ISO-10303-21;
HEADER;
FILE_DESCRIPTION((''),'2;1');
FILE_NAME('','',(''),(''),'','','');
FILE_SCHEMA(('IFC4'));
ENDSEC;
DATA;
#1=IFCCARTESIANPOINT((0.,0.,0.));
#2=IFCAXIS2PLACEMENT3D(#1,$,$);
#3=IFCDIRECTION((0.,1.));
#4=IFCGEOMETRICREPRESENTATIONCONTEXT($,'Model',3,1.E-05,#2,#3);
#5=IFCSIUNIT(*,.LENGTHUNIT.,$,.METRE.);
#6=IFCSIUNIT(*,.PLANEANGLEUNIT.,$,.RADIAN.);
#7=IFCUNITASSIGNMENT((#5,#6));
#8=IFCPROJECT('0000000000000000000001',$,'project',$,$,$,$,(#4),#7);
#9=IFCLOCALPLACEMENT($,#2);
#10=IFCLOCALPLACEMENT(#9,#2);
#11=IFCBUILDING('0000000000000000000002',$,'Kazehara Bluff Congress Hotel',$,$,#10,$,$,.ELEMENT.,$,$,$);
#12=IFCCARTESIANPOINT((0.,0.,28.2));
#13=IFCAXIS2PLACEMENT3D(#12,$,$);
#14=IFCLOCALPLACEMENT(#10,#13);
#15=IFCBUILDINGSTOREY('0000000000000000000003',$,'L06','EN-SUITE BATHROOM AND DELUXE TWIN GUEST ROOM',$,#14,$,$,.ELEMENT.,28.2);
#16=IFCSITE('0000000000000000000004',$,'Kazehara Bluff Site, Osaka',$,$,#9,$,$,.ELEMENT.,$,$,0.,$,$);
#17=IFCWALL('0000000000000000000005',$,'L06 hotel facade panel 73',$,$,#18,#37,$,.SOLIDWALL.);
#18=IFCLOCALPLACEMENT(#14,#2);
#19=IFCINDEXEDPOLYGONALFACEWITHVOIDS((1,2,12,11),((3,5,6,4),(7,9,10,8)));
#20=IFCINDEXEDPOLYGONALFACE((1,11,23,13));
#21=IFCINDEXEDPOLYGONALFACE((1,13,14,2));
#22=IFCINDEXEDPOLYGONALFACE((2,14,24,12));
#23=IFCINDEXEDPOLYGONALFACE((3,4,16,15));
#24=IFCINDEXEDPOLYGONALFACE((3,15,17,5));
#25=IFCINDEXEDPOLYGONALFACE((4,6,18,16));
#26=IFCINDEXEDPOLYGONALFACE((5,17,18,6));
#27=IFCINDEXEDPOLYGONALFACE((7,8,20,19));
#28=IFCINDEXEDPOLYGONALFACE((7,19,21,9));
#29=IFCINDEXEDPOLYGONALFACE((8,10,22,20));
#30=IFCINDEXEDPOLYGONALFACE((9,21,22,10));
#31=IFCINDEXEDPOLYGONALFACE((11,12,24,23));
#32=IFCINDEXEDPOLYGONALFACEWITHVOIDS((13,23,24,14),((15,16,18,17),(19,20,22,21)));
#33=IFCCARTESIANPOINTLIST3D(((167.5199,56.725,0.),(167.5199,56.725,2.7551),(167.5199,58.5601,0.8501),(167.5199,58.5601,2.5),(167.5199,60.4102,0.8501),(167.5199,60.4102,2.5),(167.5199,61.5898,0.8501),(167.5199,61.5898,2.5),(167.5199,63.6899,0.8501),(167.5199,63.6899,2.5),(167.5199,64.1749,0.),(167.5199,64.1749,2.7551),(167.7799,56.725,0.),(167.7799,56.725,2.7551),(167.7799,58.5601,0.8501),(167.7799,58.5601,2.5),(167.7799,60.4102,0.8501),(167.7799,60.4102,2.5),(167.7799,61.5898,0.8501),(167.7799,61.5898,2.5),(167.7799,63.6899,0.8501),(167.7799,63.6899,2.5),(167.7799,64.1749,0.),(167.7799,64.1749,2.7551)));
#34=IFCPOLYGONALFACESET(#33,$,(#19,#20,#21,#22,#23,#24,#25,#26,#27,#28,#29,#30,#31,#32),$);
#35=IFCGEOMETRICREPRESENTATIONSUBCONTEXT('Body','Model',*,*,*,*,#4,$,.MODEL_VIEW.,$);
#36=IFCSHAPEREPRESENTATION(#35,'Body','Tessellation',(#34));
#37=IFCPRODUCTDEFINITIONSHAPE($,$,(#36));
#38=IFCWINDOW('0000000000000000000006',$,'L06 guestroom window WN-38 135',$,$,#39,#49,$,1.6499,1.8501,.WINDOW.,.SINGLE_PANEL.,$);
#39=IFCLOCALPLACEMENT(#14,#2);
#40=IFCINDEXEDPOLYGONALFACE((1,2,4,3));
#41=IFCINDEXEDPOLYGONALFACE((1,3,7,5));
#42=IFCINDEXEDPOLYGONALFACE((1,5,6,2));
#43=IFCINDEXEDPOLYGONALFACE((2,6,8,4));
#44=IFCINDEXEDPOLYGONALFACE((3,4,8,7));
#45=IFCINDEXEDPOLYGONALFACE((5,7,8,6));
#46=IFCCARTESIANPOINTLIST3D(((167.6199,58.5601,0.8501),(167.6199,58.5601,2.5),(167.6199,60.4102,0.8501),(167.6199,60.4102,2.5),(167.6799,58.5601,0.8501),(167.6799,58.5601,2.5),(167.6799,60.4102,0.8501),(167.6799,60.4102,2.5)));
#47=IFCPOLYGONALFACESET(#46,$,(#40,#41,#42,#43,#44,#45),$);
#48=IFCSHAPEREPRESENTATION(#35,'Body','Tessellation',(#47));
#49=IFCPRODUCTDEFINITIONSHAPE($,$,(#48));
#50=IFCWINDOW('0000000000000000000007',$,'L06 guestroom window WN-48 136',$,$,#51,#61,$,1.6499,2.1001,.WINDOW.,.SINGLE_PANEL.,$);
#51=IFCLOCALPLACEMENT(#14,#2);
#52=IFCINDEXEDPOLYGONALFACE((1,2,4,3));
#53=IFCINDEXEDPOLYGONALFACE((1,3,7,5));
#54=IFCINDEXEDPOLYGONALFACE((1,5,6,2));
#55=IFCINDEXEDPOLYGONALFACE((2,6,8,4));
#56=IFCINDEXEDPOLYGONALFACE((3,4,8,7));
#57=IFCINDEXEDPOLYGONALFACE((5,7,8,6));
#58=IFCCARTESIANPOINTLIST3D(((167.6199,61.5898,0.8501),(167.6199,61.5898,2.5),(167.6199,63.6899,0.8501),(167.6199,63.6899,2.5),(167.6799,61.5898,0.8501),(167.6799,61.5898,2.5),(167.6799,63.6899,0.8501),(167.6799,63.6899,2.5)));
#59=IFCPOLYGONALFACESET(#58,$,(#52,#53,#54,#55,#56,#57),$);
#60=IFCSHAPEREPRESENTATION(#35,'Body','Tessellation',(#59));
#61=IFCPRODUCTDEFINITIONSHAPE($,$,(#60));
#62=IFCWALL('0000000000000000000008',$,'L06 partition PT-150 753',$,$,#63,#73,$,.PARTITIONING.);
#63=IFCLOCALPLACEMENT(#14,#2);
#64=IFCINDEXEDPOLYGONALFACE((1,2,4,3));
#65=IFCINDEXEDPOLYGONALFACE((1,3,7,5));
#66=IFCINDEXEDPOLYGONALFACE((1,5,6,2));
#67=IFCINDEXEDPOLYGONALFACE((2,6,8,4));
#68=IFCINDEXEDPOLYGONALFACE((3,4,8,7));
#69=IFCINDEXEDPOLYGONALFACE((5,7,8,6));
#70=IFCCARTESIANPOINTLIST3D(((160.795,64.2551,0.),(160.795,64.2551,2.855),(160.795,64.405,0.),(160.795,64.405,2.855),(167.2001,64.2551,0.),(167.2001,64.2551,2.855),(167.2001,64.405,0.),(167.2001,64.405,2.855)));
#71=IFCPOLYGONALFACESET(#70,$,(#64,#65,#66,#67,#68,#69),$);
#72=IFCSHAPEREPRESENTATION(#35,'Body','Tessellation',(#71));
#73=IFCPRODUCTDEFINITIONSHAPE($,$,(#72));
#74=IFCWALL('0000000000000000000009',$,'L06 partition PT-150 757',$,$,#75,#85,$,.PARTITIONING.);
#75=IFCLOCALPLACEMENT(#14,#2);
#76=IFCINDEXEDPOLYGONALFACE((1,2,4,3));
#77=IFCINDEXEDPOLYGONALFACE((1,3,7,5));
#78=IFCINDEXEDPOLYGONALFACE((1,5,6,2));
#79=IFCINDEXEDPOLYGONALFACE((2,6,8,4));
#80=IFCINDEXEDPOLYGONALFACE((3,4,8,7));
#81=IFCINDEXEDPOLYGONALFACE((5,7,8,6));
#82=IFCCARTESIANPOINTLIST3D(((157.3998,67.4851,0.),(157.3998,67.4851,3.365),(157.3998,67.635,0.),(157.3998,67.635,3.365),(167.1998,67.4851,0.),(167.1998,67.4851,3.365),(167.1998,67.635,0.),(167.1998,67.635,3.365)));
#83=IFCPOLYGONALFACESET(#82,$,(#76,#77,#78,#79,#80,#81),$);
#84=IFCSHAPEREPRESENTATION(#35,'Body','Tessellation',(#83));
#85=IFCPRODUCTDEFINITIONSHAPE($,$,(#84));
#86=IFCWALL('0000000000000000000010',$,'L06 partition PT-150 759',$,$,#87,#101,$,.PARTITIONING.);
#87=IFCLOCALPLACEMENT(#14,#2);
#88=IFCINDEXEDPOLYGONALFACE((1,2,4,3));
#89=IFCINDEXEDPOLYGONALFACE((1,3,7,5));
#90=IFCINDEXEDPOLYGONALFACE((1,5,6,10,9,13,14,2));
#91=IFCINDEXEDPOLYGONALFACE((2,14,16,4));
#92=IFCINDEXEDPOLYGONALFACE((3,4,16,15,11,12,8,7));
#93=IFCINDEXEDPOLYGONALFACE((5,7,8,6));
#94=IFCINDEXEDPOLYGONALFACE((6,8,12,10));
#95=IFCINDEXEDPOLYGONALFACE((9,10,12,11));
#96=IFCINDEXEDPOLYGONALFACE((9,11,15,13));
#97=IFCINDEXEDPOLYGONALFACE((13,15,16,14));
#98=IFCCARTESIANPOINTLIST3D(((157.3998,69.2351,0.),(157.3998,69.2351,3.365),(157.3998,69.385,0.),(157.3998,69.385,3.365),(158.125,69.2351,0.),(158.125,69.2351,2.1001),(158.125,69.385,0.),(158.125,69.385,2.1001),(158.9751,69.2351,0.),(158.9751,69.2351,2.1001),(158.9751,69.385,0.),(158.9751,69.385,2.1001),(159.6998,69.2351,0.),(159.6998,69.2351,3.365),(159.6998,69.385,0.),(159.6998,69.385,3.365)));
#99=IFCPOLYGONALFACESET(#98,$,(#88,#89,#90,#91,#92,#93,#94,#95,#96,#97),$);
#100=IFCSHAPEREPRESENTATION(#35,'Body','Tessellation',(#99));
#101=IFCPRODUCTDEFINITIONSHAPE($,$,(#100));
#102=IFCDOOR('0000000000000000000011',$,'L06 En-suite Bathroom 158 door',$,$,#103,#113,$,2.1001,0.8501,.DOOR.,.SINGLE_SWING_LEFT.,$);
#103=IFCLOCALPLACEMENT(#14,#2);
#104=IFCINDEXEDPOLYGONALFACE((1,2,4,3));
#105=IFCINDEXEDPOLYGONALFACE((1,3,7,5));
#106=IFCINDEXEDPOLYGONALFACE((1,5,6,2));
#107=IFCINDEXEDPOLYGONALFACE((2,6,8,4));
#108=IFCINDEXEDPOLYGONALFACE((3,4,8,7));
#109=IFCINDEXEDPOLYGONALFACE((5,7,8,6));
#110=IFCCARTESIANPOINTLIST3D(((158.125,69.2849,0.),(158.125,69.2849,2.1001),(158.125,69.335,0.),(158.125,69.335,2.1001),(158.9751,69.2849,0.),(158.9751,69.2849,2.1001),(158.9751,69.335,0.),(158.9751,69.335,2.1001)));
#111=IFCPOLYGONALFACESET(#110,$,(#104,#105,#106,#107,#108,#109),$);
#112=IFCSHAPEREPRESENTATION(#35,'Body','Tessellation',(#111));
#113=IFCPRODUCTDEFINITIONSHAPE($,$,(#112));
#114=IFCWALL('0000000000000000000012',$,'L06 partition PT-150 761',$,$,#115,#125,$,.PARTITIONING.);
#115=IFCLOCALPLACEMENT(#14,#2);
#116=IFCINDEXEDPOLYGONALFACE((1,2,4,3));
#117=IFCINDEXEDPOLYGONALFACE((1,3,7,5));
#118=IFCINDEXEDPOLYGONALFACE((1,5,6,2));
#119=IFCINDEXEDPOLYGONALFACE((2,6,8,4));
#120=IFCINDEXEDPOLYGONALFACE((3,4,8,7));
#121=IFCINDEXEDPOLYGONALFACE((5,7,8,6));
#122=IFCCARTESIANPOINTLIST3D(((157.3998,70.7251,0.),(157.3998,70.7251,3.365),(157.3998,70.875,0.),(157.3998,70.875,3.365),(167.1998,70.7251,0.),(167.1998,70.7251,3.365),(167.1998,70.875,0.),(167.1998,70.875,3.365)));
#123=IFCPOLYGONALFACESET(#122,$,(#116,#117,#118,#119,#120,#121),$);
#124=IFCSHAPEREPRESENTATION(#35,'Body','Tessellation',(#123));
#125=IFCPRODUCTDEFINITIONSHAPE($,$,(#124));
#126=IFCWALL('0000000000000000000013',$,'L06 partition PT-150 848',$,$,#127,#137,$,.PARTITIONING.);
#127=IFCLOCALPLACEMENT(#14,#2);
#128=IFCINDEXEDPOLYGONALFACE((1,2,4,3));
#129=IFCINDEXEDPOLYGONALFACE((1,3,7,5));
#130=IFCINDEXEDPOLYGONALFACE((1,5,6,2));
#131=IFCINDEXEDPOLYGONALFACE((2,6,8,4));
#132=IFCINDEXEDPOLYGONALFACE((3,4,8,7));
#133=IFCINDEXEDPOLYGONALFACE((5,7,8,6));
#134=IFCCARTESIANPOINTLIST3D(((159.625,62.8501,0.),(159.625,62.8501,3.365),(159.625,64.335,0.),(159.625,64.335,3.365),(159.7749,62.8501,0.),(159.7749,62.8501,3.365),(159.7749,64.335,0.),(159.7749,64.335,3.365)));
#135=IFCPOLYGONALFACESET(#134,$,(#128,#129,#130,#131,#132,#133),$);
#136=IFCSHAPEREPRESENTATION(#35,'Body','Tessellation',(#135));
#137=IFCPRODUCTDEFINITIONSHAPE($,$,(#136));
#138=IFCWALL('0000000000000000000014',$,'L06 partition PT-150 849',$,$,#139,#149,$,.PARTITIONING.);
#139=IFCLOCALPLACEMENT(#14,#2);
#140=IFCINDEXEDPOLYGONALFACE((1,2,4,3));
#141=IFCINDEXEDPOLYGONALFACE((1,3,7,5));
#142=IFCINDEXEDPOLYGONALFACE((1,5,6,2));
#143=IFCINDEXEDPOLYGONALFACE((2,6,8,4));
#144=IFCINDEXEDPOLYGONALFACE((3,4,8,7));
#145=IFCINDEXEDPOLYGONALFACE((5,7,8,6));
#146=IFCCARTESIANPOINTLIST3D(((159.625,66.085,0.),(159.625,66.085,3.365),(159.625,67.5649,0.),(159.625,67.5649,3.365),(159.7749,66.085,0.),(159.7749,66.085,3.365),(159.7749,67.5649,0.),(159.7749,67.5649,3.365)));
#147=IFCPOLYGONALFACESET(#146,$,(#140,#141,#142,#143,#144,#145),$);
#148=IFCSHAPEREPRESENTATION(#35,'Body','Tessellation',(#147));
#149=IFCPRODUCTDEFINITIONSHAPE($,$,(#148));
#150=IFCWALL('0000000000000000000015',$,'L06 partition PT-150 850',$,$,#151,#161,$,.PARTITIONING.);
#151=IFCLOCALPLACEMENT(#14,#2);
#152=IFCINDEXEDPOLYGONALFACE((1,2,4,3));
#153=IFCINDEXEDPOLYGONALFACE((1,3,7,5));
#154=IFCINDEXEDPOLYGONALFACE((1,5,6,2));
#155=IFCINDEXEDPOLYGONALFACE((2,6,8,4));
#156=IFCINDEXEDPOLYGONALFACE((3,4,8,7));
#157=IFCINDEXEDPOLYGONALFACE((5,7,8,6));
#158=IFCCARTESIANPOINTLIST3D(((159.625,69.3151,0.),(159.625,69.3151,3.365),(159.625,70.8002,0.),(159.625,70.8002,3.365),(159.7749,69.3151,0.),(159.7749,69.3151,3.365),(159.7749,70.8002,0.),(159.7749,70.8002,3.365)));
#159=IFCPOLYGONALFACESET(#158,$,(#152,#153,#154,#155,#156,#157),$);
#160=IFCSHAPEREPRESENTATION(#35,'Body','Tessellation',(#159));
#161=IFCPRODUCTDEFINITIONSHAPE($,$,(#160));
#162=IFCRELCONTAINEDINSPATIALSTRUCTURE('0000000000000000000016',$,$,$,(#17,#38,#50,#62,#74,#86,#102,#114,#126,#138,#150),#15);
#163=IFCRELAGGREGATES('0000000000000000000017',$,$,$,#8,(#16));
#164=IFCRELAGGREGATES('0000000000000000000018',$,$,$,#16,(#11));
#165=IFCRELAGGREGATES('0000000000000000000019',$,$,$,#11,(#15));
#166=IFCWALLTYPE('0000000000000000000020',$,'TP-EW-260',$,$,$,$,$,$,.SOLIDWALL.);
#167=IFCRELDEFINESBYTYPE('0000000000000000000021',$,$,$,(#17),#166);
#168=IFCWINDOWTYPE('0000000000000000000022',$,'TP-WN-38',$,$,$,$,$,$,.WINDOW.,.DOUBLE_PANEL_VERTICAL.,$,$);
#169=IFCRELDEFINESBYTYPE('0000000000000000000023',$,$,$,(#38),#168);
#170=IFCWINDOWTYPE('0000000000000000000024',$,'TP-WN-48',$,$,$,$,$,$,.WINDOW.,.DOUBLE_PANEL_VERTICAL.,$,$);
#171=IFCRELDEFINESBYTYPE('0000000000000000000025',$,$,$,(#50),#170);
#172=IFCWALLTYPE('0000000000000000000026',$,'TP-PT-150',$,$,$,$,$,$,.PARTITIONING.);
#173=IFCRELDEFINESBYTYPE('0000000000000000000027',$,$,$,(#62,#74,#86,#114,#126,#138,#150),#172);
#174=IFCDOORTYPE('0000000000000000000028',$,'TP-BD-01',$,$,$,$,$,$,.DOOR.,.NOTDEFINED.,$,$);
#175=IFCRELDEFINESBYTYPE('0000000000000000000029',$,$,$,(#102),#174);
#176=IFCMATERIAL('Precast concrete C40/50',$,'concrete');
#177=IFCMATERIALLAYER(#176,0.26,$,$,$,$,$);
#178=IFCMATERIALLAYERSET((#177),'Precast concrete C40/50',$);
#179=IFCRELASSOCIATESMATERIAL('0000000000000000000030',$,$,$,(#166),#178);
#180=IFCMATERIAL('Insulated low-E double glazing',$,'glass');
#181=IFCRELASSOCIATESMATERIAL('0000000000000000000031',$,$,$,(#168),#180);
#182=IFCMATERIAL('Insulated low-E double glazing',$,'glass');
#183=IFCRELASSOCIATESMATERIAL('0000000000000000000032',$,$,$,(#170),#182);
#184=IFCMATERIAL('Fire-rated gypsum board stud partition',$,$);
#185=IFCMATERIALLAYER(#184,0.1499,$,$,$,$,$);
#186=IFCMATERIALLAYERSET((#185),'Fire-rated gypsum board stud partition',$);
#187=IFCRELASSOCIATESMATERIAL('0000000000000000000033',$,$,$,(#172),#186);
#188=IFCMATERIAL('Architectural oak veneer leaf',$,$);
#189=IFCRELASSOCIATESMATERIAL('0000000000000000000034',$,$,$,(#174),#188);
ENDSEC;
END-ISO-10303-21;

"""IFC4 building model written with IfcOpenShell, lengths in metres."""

from ifc_helpers import new_model, si_unit, direction, frame, frame_2d, origin, place, context, subcontext, project, spatial, rectangle, extrude, material, layer, layer_set, type_object, element, fill, save


model = new_model("IFC4")

# Units and contexts
model_context = context("Model", 3, precision=1e-05, world=origin(), true_north=direction((0.0, 1.0)))
body_context = subcontext(model_context, "Body", "Model", "MODEL_VIEW")
ifc_project = project(units=[si_unit("LENGTHUNIT", "METRE"), si_unit("PLANEANGLEUNIT", "RADIAN")], contexts=[model_context])

# Site, building, storey
site_placement = place(None, origin())
site = spatial("IfcSite", under=ifc_project, at=site_placement, Name="Kazehara Bluff Site, Osaka", CompositionType="ELEMENT", RefElevation=0.0)
building_placement = place(site_placement, origin())
building = spatial("IfcBuilding", under=site, at=building_placement, Name="Kazehara Bluff Congress Hotel", CompositionType="ELEMENT")
storey_placement = place(building_placement, frame((0.0, 0.0, 28.2)))
storey = spatial("IfcBuildingStorey", under=building, at=storey_placement, Name="L06", Description="EN-SUITE BATHROOM AND DELUXE TWIN GUEST ROOM", CompositionType="ELEMENT", Elevation=28.2)

# Wall, openings, windows
ifc_material_1 = material(Name="Precast concrete C40/50", Category="concrete")
ifc_layer_1 = layer(ifc_material_1, 0.26)
ifc_layer_set_1 = layer_set([ifc_layer_1], Name="Precast concrete C40/50")
wall_type_1 = type_object("IfcWallType", Name="TP-EW-260", PredefinedType="SOLIDWALL", material=ifc_layer_set_1)
wall_1_placement = place(storey_placement, frame((167.6499, 64.175, 0.0), z_axis=(0.0, 0.0, 1.0), x_axis=(0.0, -1.0, 0.0)))
wall_1 = element("IfcWall", 1, at=wall_1_placement, inside=storey, type_object=wall_type_1, Name="L06 hotel facade panel 73", PredefinedType="SOLIDWALL", context=body_context, shape_type="SweptSolid", body=[
    extrude(rectangle(XDim=7.45, YDim=0.26, at=frame_2d((3.7251, 0.0))), origin(), (0.0, 0.0, 1.0), 2.7551),
])
opening_1_placement = place(wall_1_placement, frame((3.7649, 0.0, 0.8501)))
opening_1 = element("IfcOpeningElement", 2, at=opening_1_placement, cuts=wall_1, PredefinedType="OPENING", context=body_context, shape_type="SweptSolid", body=[
    extrude(rectangle(XDim=1.8501, YDim=1.6499, at=frame_2d((0.925, 0.825))), frame((0.0, 0.1399, 0.0), z_axis=(0.0, -1.0, 0.0), x_axis=(1.0, 0.0, 0.0)), (0.0, 0.0, 1.0), 0.28),
])
opening_2_placement = place(wall_1_placement, frame((0.4851, 0.0, 0.8501)))
opening_2 = element("IfcOpeningElement", 3, at=opening_2_placement, cuts=wall_1, PredefinedType="OPENING", context=body_context, shape_type="SweptSolid", body=[
    extrude(rectangle(XDim=2.1001, YDim=1.6499, at=frame_2d((1.05, 0.825))), frame((0.0, 0.1399, 0.0), z_axis=(0.0, -1.0, 0.0), x_axis=(1.0, 0.0, 0.0)), (0.0, 0.0, 1.0), 0.28),
])
ifc_material_2 = material(Name="Insulated low-E double glazing", Category="glass")
window_type_1 = type_object("IfcWindowType", Name="TP-WN-38", PartitioningType="DOUBLE_PANEL_VERTICAL", PredefinedType="WINDOW", material=ifc_material_2)
window_1_placement = place(opening_1_placement, origin())
window_1 = element("IfcWindow", 4, at=window_1_placement, inside=storey, type_object=window_type_1, Name="L06 guestroom window WN-38 135", OverallHeight=1.6499, OverallWidth=1.8501, PartitioningType="SINGLE_PANEL", PredefinedType="WINDOW", context=body_context, shape_type="SweptSolid", body=[
    extrude(rectangle(XDim=1.8501, YDim=1.6499, at=frame_2d((0.925, 0.825))), frame((0.0, 0.03, 0.0), z_axis=(0.0, -1.0, 0.0), x_axis=(1.0, 0.0, 0.0)), (0.0, 0.0, 1.0), 0.0601),
])
fill(opening_1, window_1)
ifc_material_3 = material(Name="Insulated low-E double glazing", Category="glass")
window_type_2 = type_object("IfcWindowType", Name="TP-WN-48", PartitioningType="DOUBLE_PANEL_VERTICAL", PredefinedType="WINDOW", material=ifc_material_3)
window_2_placement = place(opening_2_placement, origin())
window_2 = element("IfcWindow", 5, at=window_2_placement, inside=storey, type_object=window_type_2, Name="L06 guestroom window WN-48 136", OverallHeight=1.6499, OverallWidth=2.1001, PartitioningType="SINGLE_PANEL", PredefinedType="WINDOW", context=body_context, shape_type="SweptSolid", body=[
    extrude(rectangle(XDim=2.1001, YDim=1.6499, at=frame_2d((1.05, 0.825))), frame((0.0, 0.03, 0.0), z_axis=(0.0, -1.0, 0.0), x_axis=(1.0, 0.0, 0.0)), (0.0, 0.0, 1.0), 0.0601),
])
fill(opening_2, window_2)

# Walls
ifc_material_4 = material(Name="Fire-rated gypsum board stud partition")
ifc_layer_2 = layer(ifc_material_4, 0.1499)
ifc_layer_set_2 = layer_set([ifc_layer_2], Name="Fire-rated gypsum board stud partition")
wall_type_2 = type_object("IfcWallType", Name="TP-PT-150", PredefinedType="PARTITIONING", material=ifc_layer_set_2)
wall_2_placement = place(storey_placement, frame((160.7949, 64.3301, 0.0), z_axis=(0.0, 0.0, 1.0), x_axis=(1.0, 0.0, 0.0)))
element("IfcWall", 6, at=wall_2_placement, inside=storey, type_object=wall_type_2, Name="L06 partition PT-150 753", PredefinedType="PARTITIONING", context=body_context, shape_type="SweptSolid", body=[
    extrude(rectangle(XDim=6.405, YDim=0.1499, at=frame_2d((3.2026, 0.0))), origin(), (0.0, 0.0, 1.0), 2.855),
])
wall_3_placement = place(storey_placement, frame((157.3999, 67.5601, 0.0), z_axis=(0.0, 0.0, 1.0), x_axis=(1.0, 0.0, 0.0)))
element("IfcWall", 7, at=wall_3_placement, inside=storey, type_object=wall_type_2, Name="L06 partition PT-150 757", PredefinedType="PARTITIONING", context=body_context, shape_type="SweptSolid", body=[
    extrude(rectangle(XDim=9.8, YDim=0.1499, at=frame_2d((4.8999, 0.0))), origin(), (0.0, 0.0, 1.0), 3.365),
])

# Wall, opening, door
wall_4_placement = place(storey_placement, frame((157.3999, 69.3101, 0.0), z_axis=(0.0, 0.0, 1.0), x_axis=(1.0, 0.0, 0.0)))
wall_4 = element("IfcWall", 8, at=wall_4_placement, inside=storey, type_object=wall_type_2, Name="L06 partition PT-150 759", PredefinedType="PARTITIONING", context=body_context, shape_type="SweptSolid", body=[
    extrude(rectangle(XDim=2.3, YDim=0.1499, at=frame_2d((1.1499, 0.0))), origin(), (0.0, 0.0, 1.0), 3.365),
])
opening_3_placement = place(wall_4_placement, frame((0.7251, 0.0, 0.0)))
opening_3 = element("IfcOpeningElement", 9, at=opening_3_placement, cuts=wall_4, PredefinedType="OPENING", context=body_context, shape_type="SweptSolid", body=[
    extrude(rectangle(XDim=0.8501, YDim=2.1001, at=frame_2d((0.425, 1.05))), frame((0.0, 0.085, 0.0), z_axis=(0.0, -1.0, 0.0), x_axis=(1.0, 0.0, 0.0)), (0.0, 0.0, 1.0), 0.1699),
])
ifc_material_5 = material(Name="Architectural oak veneer leaf")
door_type = type_object("IfcDoorType", Name="TP-BD-01", OperationType="NOTDEFINED", PredefinedType="DOOR", material=ifc_material_5)
door_placement = place(opening_3_placement, origin())
door = element("IfcDoor", 10, at=door_placement, inside=storey, type_object=door_type, Name="L06 En-suite Bathroom 158 door", OperationType="SINGLE_SWING_LEFT", OverallHeight=2.1001, OverallWidth=0.8501, PredefinedType="DOOR", context=body_context, shape_type="SweptSolid", body=[
    extrude(rectangle(XDim=0.8501, YDim=2.1001, at=frame_2d((0.425, 1.05))), frame((0.0, 0.0249, 0.0), z_axis=(0.0, -1.0, 0.0), x_axis=(1.0, 0.0, 0.0)), (0.0, 0.0, 1.0), 0.05),
])
fill(opening_3, door)

# Walls
wall_5_placement = place(storey_placement, frame((157.3999, 70.8, 0.0), z_axis=(0.0, 0.0, 1.0), x_axis=(1.0, 0.0, 0.0)))
element("IfcWall", 11, at=wall_5_placement, inside=storey, type_object=wall_type_2, Name="L06 partition PT-150 761", PredefinedType="PARTITIONING", context=body_context, shape_type="SweptSolid", body=[
    extrude(rectangle(XDim=9.8, YDim=0.1499, at=frame_2d((4.8999, 0.0))), origin(), (0.0, 0.0, 1.0), 3.365),
])
wall_6_placement = place(storey_placement, frame((159.7, 62.8501, 0.0), z_axis=(0.0, 0.0, 1.0), x_axis=(0.0, 1.0, 0.0)))
element("IfcWall", 12, at=wall_6_placement, inside=storey, type_object=wall_type_2, Name="L06 partition PT-150 848", PredefinedType="PARTITIONING", context=body_context, shape_type="SweptSolid", body=[
    extrude(rectangle(XDim=1.4849, YDim=0.1499, at=frame_2d((0.7424, 0.0))), origin(), (0.0, 0.0, 1.0), 3.365),
])
wall_7_placement = place(storey_placement, frame((159.7, 66.085, 0.0), z_axis=(0.0, 0.0, 1.0), x_axis=(0.0, 1.0, 0.0)))
element("IfcWall", 13, at=wall_7_placement, inside=storey, type_object=wall_type_2, Name="L06 partition PT-150 849", PredefinedType="PARTITIONING", context=body_context, shape_type="SweptSolid", body=[
    extrude(rectangle(XDim=1.48, YDim=0.1499, at=frame_2d((0.74, 0.0))), origin(), (0.0, 0.0, 1.0), 3.365),
])
wall_8_placement = place(storey_placement, frame((159.7, 69.3149, 0.0), z_axis=(0.0, 0.0, 1.0), x_axis=(0.0, 1.0, 0.0)))
element("IfcWall", 14, at=wall_8_placement, inside=storey, type_object=wall_type_2, Name="L06 partition PT-150 850", PredefinedType="PARTITIONING", context=body_context, shape_type="SweptSolid", body=[
    extrude(rectangle(XDim=1.4851, YDim=0.1499, at=frame_2d((0.7427, 0.0))), origin(), (0.0, 0.0, 1.0), 3.365),
])

save(model, "model.ifc")
